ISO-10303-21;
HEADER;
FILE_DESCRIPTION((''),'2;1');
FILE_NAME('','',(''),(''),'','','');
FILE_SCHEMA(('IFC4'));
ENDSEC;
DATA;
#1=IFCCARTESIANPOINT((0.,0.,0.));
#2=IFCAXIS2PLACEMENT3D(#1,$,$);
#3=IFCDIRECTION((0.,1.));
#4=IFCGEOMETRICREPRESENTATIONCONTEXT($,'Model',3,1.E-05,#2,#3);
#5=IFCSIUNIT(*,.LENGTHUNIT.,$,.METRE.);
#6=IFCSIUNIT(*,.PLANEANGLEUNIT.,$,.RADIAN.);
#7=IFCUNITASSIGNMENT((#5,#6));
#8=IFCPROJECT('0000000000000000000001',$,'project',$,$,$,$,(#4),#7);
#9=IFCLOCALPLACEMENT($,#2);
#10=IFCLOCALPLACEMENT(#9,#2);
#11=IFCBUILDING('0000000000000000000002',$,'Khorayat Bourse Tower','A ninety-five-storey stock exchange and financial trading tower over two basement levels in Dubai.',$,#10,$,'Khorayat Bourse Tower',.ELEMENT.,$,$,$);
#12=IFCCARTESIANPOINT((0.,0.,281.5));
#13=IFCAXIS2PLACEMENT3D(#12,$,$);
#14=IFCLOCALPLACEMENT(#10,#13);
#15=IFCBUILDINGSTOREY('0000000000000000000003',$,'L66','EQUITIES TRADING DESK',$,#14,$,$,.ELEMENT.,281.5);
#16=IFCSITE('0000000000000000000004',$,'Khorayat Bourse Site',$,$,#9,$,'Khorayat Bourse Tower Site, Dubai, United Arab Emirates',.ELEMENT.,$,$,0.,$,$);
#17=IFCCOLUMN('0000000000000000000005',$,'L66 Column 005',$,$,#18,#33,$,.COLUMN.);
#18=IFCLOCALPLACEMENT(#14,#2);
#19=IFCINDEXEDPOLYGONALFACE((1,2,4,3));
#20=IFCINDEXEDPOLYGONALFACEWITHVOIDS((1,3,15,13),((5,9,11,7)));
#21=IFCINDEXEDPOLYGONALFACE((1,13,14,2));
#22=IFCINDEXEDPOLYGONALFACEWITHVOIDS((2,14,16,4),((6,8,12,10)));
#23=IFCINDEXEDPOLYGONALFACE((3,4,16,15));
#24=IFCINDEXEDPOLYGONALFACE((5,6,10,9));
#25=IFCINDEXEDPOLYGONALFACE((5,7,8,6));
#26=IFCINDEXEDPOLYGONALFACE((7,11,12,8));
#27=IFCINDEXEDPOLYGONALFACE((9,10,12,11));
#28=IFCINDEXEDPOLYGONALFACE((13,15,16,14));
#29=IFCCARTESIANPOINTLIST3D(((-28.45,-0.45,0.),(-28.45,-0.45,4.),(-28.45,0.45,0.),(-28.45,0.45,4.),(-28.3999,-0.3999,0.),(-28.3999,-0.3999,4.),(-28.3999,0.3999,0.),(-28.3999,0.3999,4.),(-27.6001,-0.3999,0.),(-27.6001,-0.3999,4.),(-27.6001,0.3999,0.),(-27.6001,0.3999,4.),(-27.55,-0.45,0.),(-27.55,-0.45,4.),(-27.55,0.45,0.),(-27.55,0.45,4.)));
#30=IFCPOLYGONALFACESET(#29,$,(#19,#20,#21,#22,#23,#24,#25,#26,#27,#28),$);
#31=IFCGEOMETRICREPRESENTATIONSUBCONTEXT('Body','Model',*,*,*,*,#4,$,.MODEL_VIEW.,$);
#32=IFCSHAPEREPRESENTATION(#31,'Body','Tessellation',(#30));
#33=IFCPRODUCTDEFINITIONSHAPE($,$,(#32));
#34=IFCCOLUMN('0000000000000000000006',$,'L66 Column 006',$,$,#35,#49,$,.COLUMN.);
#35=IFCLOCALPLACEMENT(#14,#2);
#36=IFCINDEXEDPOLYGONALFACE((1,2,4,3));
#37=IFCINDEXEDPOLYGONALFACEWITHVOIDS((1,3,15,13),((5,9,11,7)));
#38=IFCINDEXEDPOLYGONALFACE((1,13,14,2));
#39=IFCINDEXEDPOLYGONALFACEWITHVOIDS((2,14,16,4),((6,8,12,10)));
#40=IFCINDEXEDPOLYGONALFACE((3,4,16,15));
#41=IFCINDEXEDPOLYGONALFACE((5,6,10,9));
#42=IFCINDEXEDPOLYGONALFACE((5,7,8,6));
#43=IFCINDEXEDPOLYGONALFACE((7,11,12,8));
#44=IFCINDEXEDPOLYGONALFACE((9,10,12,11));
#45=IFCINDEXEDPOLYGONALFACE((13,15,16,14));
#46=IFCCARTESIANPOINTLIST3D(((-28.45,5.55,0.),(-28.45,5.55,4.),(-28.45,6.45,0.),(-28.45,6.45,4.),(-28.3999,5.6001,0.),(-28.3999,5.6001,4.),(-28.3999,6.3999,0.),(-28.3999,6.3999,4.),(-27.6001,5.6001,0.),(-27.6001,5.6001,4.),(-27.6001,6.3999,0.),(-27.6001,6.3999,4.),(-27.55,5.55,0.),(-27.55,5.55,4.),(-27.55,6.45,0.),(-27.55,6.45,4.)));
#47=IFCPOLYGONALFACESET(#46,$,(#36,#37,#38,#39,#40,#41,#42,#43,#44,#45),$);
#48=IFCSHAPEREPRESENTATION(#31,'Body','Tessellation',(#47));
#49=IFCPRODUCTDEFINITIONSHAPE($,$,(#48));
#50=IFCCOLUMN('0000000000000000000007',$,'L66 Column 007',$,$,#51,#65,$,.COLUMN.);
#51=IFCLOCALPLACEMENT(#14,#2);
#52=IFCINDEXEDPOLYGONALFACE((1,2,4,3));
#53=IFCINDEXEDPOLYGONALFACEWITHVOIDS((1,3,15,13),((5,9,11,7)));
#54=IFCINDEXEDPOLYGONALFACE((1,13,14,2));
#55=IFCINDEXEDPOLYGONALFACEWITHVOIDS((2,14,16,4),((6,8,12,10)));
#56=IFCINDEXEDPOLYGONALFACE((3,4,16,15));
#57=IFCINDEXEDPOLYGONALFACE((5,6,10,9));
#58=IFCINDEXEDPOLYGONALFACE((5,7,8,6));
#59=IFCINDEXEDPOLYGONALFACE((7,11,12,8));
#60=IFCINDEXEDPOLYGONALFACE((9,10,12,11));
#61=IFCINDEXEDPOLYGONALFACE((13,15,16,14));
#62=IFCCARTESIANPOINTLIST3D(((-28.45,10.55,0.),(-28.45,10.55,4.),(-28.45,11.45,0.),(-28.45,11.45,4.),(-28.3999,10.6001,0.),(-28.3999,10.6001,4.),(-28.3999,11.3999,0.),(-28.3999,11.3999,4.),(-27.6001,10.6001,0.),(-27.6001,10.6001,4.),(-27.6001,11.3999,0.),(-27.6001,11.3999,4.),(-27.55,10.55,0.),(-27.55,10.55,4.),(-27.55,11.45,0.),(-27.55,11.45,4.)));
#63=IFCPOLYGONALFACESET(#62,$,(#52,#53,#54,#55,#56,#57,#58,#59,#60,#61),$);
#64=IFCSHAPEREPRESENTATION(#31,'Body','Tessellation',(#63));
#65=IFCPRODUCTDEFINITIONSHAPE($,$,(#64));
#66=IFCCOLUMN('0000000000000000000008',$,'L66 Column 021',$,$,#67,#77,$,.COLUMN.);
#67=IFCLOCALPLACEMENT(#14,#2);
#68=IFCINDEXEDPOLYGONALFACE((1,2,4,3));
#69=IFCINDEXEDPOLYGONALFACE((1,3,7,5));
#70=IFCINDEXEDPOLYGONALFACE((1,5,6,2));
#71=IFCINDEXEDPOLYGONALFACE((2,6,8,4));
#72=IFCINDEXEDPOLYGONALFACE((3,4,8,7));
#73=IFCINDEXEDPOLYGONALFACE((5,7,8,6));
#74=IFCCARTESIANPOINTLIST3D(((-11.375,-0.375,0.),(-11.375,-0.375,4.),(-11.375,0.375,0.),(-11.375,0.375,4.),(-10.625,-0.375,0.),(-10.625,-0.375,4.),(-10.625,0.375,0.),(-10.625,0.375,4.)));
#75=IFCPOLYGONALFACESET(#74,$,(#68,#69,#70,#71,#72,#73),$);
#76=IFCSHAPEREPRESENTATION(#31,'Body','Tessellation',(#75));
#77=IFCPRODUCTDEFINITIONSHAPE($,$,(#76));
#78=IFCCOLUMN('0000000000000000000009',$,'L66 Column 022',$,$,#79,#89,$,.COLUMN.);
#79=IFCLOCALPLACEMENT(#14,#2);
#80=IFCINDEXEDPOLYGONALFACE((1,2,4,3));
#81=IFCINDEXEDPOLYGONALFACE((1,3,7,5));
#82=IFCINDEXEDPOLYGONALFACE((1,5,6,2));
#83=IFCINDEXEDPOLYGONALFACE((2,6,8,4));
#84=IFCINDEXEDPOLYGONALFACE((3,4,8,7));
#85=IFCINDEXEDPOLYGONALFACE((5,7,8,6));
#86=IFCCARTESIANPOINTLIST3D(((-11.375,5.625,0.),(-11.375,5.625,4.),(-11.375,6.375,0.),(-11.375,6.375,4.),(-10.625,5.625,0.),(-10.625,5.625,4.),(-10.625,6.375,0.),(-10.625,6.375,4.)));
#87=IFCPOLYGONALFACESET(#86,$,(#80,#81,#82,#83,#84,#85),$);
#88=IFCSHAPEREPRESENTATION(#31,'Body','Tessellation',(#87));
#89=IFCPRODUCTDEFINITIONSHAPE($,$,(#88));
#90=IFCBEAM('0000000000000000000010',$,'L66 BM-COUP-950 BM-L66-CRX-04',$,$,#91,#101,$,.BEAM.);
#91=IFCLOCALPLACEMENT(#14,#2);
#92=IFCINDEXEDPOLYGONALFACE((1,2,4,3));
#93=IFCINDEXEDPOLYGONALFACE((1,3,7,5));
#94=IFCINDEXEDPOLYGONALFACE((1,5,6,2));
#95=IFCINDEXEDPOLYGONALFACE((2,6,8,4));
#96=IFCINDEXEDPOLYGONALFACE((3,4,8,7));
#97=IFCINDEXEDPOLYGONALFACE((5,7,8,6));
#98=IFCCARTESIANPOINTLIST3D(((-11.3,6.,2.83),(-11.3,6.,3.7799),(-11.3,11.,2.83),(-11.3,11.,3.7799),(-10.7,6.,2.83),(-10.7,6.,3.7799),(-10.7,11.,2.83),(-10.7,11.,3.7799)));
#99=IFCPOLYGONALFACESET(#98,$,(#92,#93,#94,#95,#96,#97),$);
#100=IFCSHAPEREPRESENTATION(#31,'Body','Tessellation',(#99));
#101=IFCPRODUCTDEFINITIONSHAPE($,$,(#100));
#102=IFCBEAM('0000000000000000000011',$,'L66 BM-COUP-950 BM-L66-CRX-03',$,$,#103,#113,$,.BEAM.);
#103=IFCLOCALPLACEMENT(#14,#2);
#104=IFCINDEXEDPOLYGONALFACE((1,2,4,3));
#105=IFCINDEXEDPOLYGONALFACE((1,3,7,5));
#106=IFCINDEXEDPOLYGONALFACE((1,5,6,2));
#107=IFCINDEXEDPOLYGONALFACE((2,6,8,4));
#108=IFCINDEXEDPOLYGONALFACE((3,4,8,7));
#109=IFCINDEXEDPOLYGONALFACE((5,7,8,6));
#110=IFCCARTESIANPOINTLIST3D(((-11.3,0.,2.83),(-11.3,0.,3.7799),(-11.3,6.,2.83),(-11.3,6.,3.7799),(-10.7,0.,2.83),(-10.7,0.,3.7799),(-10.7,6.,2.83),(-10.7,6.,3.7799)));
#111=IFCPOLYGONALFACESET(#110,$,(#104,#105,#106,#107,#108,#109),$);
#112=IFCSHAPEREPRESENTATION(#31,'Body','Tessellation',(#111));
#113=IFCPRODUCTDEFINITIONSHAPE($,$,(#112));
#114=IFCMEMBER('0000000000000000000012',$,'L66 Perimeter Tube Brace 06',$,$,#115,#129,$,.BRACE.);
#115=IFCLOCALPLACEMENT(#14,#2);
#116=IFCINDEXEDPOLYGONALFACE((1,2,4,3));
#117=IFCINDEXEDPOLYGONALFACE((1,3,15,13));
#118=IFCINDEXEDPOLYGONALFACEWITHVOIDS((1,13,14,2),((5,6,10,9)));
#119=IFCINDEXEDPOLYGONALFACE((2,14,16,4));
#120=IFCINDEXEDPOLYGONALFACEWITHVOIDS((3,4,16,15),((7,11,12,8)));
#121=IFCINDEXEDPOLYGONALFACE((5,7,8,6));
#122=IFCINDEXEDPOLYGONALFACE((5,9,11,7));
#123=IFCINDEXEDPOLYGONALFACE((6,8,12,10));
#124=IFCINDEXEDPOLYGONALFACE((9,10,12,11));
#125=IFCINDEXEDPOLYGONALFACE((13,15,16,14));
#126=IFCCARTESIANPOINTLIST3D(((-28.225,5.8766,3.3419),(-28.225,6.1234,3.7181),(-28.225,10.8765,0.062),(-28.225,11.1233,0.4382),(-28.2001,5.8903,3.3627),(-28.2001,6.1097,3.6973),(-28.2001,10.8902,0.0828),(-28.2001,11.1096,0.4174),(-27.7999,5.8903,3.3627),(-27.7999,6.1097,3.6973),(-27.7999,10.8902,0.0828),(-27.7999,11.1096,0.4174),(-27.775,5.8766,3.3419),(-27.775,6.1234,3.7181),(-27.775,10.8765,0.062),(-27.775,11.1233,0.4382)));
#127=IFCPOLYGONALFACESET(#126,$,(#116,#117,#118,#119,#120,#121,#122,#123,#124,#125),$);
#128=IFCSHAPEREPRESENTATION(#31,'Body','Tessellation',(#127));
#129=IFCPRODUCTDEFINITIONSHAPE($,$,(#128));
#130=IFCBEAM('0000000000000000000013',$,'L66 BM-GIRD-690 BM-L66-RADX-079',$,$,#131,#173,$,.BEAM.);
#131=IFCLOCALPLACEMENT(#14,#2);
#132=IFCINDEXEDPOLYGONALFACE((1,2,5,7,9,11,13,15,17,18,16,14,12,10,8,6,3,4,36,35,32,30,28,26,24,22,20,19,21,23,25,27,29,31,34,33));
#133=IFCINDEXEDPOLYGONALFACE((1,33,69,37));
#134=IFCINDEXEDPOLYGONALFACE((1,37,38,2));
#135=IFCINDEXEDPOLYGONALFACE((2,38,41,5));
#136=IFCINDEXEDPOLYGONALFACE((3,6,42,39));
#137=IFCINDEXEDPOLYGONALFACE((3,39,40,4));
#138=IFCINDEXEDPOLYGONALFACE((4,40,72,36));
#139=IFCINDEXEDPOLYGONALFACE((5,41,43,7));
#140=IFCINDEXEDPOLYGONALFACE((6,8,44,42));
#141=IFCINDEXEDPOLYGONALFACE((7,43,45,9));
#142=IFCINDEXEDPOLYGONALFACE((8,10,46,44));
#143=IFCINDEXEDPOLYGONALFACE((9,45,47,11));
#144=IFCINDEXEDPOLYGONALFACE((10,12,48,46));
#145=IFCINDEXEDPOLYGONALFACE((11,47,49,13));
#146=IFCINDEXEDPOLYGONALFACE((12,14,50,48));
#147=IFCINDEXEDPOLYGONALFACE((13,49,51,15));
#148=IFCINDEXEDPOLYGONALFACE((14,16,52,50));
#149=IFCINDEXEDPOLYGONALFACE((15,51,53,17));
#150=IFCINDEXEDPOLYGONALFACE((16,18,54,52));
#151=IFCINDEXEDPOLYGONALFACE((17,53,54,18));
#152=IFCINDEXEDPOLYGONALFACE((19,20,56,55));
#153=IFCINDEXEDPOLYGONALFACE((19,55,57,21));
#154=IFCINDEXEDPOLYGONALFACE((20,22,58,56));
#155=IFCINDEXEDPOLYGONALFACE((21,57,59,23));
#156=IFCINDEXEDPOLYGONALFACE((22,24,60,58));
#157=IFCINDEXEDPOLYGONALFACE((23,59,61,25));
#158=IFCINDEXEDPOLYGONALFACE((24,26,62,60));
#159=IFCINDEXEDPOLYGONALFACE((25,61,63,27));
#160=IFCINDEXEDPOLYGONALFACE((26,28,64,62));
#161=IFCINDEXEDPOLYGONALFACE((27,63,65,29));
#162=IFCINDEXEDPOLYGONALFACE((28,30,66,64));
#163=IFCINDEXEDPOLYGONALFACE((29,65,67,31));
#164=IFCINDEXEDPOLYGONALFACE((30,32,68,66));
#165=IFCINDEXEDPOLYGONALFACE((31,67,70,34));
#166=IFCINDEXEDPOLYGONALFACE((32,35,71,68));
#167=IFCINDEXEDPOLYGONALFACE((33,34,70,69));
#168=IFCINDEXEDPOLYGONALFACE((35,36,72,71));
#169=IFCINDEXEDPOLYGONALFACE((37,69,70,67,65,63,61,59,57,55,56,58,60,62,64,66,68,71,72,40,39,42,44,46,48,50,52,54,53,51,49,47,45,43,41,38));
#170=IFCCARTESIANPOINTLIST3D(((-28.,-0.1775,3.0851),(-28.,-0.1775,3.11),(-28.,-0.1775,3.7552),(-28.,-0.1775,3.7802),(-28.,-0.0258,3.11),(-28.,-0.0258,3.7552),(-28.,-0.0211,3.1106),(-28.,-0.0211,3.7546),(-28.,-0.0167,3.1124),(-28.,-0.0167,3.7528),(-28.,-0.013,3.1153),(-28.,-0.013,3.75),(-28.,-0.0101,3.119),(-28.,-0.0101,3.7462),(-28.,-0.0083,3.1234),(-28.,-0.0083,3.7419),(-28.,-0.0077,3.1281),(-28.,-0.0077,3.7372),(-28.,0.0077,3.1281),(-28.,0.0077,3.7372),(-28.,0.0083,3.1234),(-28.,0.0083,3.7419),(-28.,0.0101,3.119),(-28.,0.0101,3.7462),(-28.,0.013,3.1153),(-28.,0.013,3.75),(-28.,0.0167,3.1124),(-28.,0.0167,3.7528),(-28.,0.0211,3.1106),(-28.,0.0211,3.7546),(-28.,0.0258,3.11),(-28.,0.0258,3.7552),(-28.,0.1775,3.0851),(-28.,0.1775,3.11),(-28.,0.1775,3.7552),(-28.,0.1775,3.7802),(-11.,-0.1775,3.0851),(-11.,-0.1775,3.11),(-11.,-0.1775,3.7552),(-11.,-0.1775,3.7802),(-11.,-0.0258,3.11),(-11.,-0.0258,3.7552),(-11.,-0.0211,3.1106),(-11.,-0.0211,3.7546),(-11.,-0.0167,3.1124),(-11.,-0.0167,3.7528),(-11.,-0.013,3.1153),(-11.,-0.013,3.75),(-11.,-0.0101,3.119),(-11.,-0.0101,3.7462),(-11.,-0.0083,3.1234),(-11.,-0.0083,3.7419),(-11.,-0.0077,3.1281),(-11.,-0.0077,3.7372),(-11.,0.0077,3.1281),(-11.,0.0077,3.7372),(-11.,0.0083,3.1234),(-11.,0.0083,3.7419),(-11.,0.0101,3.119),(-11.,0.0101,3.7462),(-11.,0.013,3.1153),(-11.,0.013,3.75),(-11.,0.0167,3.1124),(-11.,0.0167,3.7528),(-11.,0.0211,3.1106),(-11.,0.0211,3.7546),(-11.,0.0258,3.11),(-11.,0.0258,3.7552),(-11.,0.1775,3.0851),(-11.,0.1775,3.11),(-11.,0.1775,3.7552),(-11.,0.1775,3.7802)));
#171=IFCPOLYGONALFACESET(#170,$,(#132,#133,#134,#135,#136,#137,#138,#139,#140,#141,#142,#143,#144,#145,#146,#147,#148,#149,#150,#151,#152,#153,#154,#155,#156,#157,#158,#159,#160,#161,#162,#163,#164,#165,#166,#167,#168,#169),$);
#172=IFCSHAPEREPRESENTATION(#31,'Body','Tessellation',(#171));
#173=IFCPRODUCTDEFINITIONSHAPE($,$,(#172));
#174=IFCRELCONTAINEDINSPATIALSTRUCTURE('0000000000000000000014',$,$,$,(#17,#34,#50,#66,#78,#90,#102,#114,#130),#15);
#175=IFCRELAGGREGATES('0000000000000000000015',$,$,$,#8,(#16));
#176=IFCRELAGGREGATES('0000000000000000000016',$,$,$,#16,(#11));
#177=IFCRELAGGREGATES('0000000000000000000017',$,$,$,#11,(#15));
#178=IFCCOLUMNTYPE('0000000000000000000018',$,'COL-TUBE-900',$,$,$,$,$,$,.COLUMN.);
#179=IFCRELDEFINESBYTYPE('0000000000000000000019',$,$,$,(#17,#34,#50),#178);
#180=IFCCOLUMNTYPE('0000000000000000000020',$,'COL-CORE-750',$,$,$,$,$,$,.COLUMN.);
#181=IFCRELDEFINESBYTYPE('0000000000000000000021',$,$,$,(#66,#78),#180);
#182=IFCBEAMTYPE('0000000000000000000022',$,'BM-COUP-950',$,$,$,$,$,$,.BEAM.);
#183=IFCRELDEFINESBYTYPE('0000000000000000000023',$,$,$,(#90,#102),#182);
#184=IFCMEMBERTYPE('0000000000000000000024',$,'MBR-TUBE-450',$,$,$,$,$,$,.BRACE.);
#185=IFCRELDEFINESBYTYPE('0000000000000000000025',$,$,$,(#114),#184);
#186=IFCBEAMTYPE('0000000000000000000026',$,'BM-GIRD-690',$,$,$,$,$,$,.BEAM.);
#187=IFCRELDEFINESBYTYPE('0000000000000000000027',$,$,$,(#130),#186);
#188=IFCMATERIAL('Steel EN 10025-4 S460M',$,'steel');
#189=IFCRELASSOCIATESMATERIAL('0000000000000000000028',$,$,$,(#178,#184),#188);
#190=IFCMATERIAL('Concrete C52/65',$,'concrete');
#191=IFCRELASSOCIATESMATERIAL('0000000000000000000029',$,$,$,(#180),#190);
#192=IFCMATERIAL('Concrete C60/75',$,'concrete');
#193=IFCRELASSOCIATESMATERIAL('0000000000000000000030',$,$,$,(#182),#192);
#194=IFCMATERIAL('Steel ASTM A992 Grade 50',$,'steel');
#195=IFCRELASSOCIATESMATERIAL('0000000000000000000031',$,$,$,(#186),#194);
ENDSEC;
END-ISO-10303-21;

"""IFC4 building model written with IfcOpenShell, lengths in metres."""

from ifc_helpers import new_model, si_unit, direction, frame, origin, origin_2d, place, context, subcontext, project, spatial, rectangle, hollow_rectangle, i_section, extrude, source, transform, mapped, material, material_profile, profile_set, type_object, element, save


model = new_model("IFC4")

# Units and contexts
model_context = context("Model", 3, precision=1e-05, world=origin(), true_north=direction((0.0, 1.0)))
body_context = subcontext(model_context, "Body", "Model", "MODEL_VIEW")
ifc_project = project(units=[si_unit("LENGTHUNIT", "METRE"), si_unit("PLANEANGLEUNIT", "RADIAN")], contexts=[model_context])

# Site, building, storey
site_placement = place(None, origin())
site = spatial("IfcSite", under=ifc_project, at=site_placement, Name="Khorayat Bourse Site", LongName="Khorayat Bourse Tower Site, Dubai, United Arab Emirates", CompositionType="ELEMENT", RefElevation=0.0)
building_placement = place(site_placement, origin())
building = spatial("IfcBuilding", under=site, at=building_placement, Name="Khorayat Bourse Tower", Description="A ninety-five-storey stock exchange and financial trading tower over two basement levels in Dubai.", LongName="Khorayat Bourse Tower", CompositionType="ELEMENT")
storey_placement = place(building_placement, frame((0.0, 0.0, 281.5)))
storey = spatial("IfcBuildingStorey", under=building, at=storey_placement, Name="L66", Description="EQUITIES TRADING DESK", CompositionType="ELEMENT", Elevation=281.5)

# Columns
ifc_material_1 = material(Name="Steel EN 10025-4 S460M", Category="steel")
ifc_material_profile_1 = material_profile(ifc_material_1, hollow_rectangle(XDim=0.8999, YDim=0.8999, WallThickness=0.05, at=origin_2d()), Name="BOX 900x900x50")
ifc_profile_set_1 = profile_set([ifc_material_profile_1], Name="Steel EN 10025-4 S460M")
column_type_1 = type_object("IfcColumnType", Name="COL-TUBE-900", PredefinedType="COLUMN", material=ifc_profile_set_1)
shared_shape_1 = source(origin(), body_context, "Body", "SweptSolid", [
    extrude(hollow_rectangle(XDim=0.8999, YDim=0.8999, WallThickness=0.05, at=origin_2d()), origin(), (0.0, 0.0, 1.0), 4.0),
])
for number, where, z_axis, x_axis, name in (
    (1, (-28.0, 0.0, 0.0), (0.0, 0.0, 1.0), (1.0, 0.0, 0.0), "L66 Column 005"),
    (2, (-28.0, 6.0, 0.0), (0.0, 0.0, 1.0), (1.0, 0.0, 0.0), "L66 Column 006"),
    (3, (-28.0, 11.0, 0.0), (0.0, 0.0, 1.0), (1.0, 0.0, 0.0), "L66 Column 007"),
):
    element("IfcColumn", number, at=place(storey_placement, frame(where, z_axis=z_axis, x_axis=x_axis)), inside=storey, type_object=column_type_1, Name=name, PredefinedType="COLUMN", context=body_context, shape_type="MappedRepresentation", body=[
        mapped(shared_shape_1, transform((0.0, 0.0, 0.0), scale=1.0)),
    ])
ifc_material_2 = material(Name="Concrete C52/65", Category="concrete")
ifc_material_profile_2 = material_profile(ifc_material_2, rectangle(XDim=0.75, YDim=0.75, at=origin_2d()), Name="RC 750x750")
ifc_profile_set_2 = profile_set([ifc_material_profile_2], Name="Concrete C52/65")
column_type_2 = type_object("IfcColumnType", Name="COL-CORE-750", PredefinedType="COLUMN", material=ifc_profile_set_2)
shared_shape_2 = source(origin(), body_context, "Body", "SweptSolid", [
    extrude(rectangle(XDim=0.75, YDim=0.75, at=origin_2d()), origin(), (0.0, 0.0, 1.0), 4.0),
])
for number, where, z_axis, x_axis, name in (
    (4, (-11.0, 0.0, 0.0), (0.0, 0.0, 1.0), (1.0, 0.0, 0.0), "L66 Column 021"),
    (5, (-11.0, 6.0, 0.0), (0.0, 0.0, 1.0), (1.0, 0.0, 0.0), "L66 Column 022"),
):
    element("IfcColumn", number, at=place(storey_placement, frame(where, z_axis=z_axis, x_axis=x_axis)), inside=storey, type_object=column_type_2, Name=name, PredefinedType="COLUMN", context=body_context, shape_type="MappedRepresentation", body=[
        mapped(shared_shape_2, transform((0.0, 0.0, 0.0), scale=1.0)),
    ])

# Beams
ifc_material_3 = material(Name="Concrete C60/75", Category="concrete")
ifc_material_profile_3 = material_profile(ifc_material_3, rectangle(XDim=0.6001, YDim=0.95, at=origin_2d()), Name="RC 600x950")
ifc_profile_set_3 = profile_set([ifc_material_profile_3], Name="Concrete C60/75")
beam_type_1 = type_object("IfcBeamType", Name="BM-COUP-950", PredefinedType="BEAM", material=ifc_profile_set_3)
shared_shape_3 = source(origin(), body_context, "Body", "SweptSolid", [
    extrude(rectangle(XDim=0.6001, YDim=0.95, at=origin_2d()), origin(), (0.0, 0.0, 1.0), 5.0),
])
beam_1_placement = place(storey_placement, frame((-11.0, 6.0, 3.3049), z_axis=(0.0, 1.0, 0.0), x_axis=(-1.0, 0.0, 0.0)))
element("IfcBeam", 6, at=beam_1_placement, inside=storey, type_object=beam_type_1, Name="L66 BM-COUP-950 BM-L66-CRX-04", PredefinedType="BEAM", context=body_context, shape_type="MappedRepresentation", body=[
    mapped(shared_shape_3, transform((0.0, 0.0, 0.0), scale=1.0)),
])
shared_shape_4 = source(origin(), body_context, "Body", "SweptSolid", [
    extrude(rectangle(XDim=0.6001, YDim=0.95, at=origin_2d()), origin(), (0.0, 0.0, 1.0), 6.0),
])
beam_2_placement = place(storey_placement, frame((-11.0, 0.0, 3.3049), z_axis=(0.0, 1.0, 0.0), x_axis=(-1.0, 0.0, 0.0)))
element("IfcBeam", 7, at=beam_2_placement, inside=storey, type_object=beam_type_1, Name="L66 BM-COUP-950 BM-L66-CRX-03", PredefinedType="BEAM", context=body_context, shape_type="MappedRepresentation", body=[
    mapped(shared_shape_4, transform((0.0, 0.0, 0.0), scale=1.0)),
])

# Member
ifc_material_profile_4 = material_profile(ifc_material_1, hollow_rectangle(XDim=0.45, YDim=0.45, WallThickness=0.0249, at=origin_2d()), Name="HSS 450x450x25")
ifc_profile_set_4 = profile_set([ifc_material_profile_4], Name="Steel EN 10025-4 S460M")
member_type_1 = type_object("IfcMemberType", Name="MBR-TUBE-450", PredefinedType="BRACE", material=ifc_profile_set_4)
shared_shape_5 = source(origin(), body_context, "Body", "SweptSolid", [
    extrude(hollow_rectangle(XDim=0.45, YDim=0.45, WallThickness=0.0249, at=origin_2d()), origin(), (0.0, 0.0, 1.0), 5.9797),
])
member_1_placement = place(storey_placement, frame((-28.0, 6.0, 3.53), z_axis=(0.0, 0.836142, -0.548514), x_axis=(-1.0, 0.0, 0.0)))
element("IfcMember", 8, at=member_1_placement, inside=storey, type_object=member_type_1, Name="L66 Perimeter Tube Brace 06", PredefinedType="BRACE", context=body_context, shape_type="MappedRepresentation", body=[
    mapped(shared_shape_5, transform((0.0, 0.0, 0.0), scale=1.0)),
])

# Beam
ifc_material_4 = material(Name="Steel ASTM A992 Grade 50", Category="steel")
ifc_material_profile_5 = material_profile(ifc_material_4, i_section(OverallWidth=0.355, OverallDepth=0.6951, WebThickness=0.0154, FlangeThickness=0.0249, FilletRadius=0.0181, at=origin_2d()), Name="W690X217")
ifc_profile_set_5 = profile_set([ifc_material_profile_5], Name="Steel ASTM A992 Grade 50")
beam_type_2 = type_object("IfcBeamType", Name="BM-GIRD-690", PredefinedType="BEAM", material=ifc_profile_set_5)
shared_shape_6 = source(origin(), body_context, "Body", "SweptSolid", [
    extrude(i_section(OverallWidth=0.355, OverallDepth=0.6951, WebThickness=0.0154, FlangeThickness=0.0249, FilletRadius=0.0181, at=origin_2d()), origin(), (0.0, 0.0, 1.0), 17.0),
])
for number, where, z_axis, x_axis, name in (
    (9, (-28.0, 0.0, 3.4326), (1.0, 0.0, 0.0), (0.0, 1.0, 0.0), "L66 BM-GIRD-690 BM-L66-RADX-079"),
):
    element("IfcBeam", number, at=place(storey_placement, frame(where, z_axis=z_axis, x_axis=x_axis)), inside=storey, type_object=beam_type_2, Name=name, PredefinedType="BEAM", context=body_context, shape_type="MappedRepresentation", body=[
        mapped(shared_shape_6, transform((0.0, 0.0, 0.0), scale=1.0)),
    ])

save(model, "model.ifc")
